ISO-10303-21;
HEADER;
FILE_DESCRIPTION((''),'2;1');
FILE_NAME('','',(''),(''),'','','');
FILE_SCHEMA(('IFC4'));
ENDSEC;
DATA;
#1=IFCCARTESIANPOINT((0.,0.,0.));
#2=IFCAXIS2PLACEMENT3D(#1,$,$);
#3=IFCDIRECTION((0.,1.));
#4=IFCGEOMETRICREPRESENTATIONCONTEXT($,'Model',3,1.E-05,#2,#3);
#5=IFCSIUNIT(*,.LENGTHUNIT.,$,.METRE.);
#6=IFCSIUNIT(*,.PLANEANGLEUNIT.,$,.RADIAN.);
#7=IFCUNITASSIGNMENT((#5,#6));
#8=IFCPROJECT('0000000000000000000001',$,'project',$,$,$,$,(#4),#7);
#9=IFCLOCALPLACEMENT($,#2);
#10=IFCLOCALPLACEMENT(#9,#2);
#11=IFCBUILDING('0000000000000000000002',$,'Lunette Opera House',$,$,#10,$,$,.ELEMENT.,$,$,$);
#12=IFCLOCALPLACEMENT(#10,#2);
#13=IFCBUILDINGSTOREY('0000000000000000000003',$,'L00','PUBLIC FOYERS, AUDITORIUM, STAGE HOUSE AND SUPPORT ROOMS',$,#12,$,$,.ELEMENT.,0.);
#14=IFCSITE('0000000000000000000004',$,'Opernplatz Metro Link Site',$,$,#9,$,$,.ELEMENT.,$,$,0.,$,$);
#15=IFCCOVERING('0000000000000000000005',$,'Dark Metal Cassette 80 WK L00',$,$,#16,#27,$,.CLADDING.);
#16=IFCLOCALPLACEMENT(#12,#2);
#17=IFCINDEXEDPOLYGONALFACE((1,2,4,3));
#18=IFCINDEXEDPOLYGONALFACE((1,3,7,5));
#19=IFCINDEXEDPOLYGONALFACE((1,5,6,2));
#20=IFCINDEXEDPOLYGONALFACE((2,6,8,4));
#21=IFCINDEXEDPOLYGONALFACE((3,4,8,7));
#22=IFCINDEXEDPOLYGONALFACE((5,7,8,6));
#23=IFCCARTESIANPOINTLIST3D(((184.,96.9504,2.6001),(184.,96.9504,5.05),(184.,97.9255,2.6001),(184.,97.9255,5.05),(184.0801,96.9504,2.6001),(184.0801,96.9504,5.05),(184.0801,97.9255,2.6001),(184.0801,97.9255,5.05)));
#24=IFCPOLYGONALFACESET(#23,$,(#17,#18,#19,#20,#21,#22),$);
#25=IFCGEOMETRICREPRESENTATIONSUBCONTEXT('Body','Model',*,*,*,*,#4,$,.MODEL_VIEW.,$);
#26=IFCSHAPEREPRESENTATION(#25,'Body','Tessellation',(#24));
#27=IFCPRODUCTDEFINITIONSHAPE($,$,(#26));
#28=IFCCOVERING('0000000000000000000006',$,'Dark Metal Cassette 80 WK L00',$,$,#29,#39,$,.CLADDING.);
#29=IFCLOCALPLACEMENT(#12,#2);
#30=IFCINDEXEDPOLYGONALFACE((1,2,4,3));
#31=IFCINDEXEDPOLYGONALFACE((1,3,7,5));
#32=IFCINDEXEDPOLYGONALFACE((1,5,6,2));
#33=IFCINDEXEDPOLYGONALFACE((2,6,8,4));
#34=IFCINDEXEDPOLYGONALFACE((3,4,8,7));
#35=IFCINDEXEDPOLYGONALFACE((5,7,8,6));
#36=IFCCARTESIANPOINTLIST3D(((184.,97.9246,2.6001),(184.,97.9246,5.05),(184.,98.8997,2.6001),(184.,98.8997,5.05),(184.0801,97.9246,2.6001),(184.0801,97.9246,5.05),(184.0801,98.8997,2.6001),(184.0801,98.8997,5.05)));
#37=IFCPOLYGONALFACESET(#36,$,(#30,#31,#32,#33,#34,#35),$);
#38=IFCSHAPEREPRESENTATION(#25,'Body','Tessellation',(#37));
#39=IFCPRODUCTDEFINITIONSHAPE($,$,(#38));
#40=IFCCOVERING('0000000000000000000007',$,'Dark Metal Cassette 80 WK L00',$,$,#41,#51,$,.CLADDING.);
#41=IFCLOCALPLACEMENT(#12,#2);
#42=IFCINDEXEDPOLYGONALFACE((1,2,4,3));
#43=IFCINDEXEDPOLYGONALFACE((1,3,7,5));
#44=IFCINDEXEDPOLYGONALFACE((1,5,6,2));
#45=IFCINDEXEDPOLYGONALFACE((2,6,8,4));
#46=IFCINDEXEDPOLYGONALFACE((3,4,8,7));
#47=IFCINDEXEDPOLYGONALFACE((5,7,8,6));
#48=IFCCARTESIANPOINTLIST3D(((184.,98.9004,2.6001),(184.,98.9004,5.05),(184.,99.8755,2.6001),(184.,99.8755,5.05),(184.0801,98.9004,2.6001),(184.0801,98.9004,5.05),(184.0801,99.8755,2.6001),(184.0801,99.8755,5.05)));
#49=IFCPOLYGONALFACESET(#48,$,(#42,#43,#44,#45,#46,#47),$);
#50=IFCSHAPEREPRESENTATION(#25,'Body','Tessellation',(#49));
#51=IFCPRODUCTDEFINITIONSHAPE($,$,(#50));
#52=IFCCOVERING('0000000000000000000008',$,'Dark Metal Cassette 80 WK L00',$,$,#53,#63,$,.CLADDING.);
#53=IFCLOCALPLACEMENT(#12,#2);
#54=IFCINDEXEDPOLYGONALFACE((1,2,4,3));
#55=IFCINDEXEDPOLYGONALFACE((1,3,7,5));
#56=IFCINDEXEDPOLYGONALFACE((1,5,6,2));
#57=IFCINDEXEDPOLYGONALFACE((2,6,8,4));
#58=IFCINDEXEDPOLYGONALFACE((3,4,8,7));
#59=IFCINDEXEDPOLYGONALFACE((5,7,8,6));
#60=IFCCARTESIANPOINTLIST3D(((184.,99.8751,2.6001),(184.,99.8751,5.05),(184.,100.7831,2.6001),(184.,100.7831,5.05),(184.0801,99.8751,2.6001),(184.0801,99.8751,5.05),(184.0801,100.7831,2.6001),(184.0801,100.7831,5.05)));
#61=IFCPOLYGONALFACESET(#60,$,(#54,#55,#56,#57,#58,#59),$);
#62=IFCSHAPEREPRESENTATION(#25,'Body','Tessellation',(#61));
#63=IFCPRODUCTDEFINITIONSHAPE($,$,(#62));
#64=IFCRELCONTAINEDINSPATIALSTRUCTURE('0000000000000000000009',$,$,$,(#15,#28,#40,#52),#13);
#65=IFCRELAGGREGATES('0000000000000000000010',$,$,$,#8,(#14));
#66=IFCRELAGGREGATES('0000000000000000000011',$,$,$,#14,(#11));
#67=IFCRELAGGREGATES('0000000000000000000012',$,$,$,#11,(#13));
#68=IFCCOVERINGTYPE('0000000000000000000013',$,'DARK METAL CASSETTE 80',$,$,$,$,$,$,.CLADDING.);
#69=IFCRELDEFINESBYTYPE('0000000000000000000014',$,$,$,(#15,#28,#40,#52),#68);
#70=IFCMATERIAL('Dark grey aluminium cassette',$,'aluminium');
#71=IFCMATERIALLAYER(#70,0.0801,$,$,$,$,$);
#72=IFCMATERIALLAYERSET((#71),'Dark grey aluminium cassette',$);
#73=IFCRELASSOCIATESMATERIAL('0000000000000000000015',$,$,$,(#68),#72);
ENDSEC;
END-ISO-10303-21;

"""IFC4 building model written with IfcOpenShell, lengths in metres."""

from ifc_helpers import new_model, si_unit, direction, frame, origin, origin_2d, place, context, subcontext, project, spatial, rectangle, extrude, material, layer, layer_set, type_object, element, save


model = new_model("IFC4")

# Units and contexts
model_context = context("Model", 3, precision=1e-05, world=origin(), true_north=direction((0.0, 1.0)))
body_context = subcontext(model_context, "Body", "Model", "MODEL_VIEW")
ifc_project = project(units=[si_unit("LENGTHUNIT", "METRE"), si_unit("PLANEANGLEUNIT", "RADIAN")], contexts=[model_context])

# Site, building, storey
site_placement = place(None, origin())
site = spatial("IfcSite", under=ifc_project, at=site_placement, Name="Opernplatz Metro Link Site", CompositionType="ELEMENT", RefElevation=0.0)
building_placement = place(site_placement, origin())
building = spatial("IfcBuilding", under=site, at=building_placement, Name="Lunette Opera House", CompositionType="ELEMENT")
storey_placement = place(building_placement, origin())
storey = spatial("IfcBuildingStorey", under=building, at=storey_placement, Name="L00", Description="PUBLIC FOYERS, AUDITORIUM, STAGE HOUSE AND SUPPORT ROOMS", CompositionType="ELEMENT", Elevation=0.0)

# Coverings
ifc_material_1 = material(Name="Dark grey aluminium cassette", Category="aluminium")
ifc_layer_1 = layer(ifc_material_1, 0.0801)
ifc_layer_set_1 = layer_set([ifc_layer_1], Name="Dark grey aluminium cassette")
covering_type_1 = type_object("IfcCoveringType", Name="DARK METAL CASSETTE 80", PredefinedType="CLADDING", material=ifc_layer_set_1)
for number, where, z_axis, x_axis, name in (
    (1, (184.04, 97.438, 2.6001), (0.0, 0.0, 1.0), (0.0, 1.0, 0.0), "Dark Metal Cassette 80 WK L00"),
    (2, (184.04, 98.4121, 2.6001), (0.0, 0.0, 1.0), (0.0, 1.0, 0.0), "Dark Metal Cassette 80 WK L00"),
    (3, (184.04, 99.3879, 2.6001), (0.0, 0.0, 1.0), (0.0, 1.0, 0.0), "Dark Metal Cassette 80 WK L00"),
):
    element("IfcCovering", number, at=place(storey_placement, frame(where, z_axis=z_axis, x_axis=x_axis)), inside=storey, type_object=covering_type_1, Name=name, PredefinedType="CLADDING", context=body_context, shape_type="SweptSolid", body=[
        extrude(rectangle(XDim=0.9751, YDim=0.0801, at=origin_2d()), origin(), (0.0, 0.0, 1.0), 2.45),
    ])
covering_1_placement = place(storey_placement, frame((184.04, 100.3291, 2.6001), z_axis=(0.0, 0.0, 1.0), x_axis=(0.0, 1.0, 0.0)))
element("IfcCovering", 4, at=covering_1_placement, inside=storey, type_object=covering_type_1, Name="Dark Metal Cassette 80 WK L00", PredefinedType="CLADDING", context=body_context, shape_type="SweptSolid", body=[
    extrude(rectangle(XDim=0.908, YDim=0.0801, at=origin_2d()), origin(), (0.0, 0.0, 1.0), 2.45),
])

save(model, "model.ifc")
